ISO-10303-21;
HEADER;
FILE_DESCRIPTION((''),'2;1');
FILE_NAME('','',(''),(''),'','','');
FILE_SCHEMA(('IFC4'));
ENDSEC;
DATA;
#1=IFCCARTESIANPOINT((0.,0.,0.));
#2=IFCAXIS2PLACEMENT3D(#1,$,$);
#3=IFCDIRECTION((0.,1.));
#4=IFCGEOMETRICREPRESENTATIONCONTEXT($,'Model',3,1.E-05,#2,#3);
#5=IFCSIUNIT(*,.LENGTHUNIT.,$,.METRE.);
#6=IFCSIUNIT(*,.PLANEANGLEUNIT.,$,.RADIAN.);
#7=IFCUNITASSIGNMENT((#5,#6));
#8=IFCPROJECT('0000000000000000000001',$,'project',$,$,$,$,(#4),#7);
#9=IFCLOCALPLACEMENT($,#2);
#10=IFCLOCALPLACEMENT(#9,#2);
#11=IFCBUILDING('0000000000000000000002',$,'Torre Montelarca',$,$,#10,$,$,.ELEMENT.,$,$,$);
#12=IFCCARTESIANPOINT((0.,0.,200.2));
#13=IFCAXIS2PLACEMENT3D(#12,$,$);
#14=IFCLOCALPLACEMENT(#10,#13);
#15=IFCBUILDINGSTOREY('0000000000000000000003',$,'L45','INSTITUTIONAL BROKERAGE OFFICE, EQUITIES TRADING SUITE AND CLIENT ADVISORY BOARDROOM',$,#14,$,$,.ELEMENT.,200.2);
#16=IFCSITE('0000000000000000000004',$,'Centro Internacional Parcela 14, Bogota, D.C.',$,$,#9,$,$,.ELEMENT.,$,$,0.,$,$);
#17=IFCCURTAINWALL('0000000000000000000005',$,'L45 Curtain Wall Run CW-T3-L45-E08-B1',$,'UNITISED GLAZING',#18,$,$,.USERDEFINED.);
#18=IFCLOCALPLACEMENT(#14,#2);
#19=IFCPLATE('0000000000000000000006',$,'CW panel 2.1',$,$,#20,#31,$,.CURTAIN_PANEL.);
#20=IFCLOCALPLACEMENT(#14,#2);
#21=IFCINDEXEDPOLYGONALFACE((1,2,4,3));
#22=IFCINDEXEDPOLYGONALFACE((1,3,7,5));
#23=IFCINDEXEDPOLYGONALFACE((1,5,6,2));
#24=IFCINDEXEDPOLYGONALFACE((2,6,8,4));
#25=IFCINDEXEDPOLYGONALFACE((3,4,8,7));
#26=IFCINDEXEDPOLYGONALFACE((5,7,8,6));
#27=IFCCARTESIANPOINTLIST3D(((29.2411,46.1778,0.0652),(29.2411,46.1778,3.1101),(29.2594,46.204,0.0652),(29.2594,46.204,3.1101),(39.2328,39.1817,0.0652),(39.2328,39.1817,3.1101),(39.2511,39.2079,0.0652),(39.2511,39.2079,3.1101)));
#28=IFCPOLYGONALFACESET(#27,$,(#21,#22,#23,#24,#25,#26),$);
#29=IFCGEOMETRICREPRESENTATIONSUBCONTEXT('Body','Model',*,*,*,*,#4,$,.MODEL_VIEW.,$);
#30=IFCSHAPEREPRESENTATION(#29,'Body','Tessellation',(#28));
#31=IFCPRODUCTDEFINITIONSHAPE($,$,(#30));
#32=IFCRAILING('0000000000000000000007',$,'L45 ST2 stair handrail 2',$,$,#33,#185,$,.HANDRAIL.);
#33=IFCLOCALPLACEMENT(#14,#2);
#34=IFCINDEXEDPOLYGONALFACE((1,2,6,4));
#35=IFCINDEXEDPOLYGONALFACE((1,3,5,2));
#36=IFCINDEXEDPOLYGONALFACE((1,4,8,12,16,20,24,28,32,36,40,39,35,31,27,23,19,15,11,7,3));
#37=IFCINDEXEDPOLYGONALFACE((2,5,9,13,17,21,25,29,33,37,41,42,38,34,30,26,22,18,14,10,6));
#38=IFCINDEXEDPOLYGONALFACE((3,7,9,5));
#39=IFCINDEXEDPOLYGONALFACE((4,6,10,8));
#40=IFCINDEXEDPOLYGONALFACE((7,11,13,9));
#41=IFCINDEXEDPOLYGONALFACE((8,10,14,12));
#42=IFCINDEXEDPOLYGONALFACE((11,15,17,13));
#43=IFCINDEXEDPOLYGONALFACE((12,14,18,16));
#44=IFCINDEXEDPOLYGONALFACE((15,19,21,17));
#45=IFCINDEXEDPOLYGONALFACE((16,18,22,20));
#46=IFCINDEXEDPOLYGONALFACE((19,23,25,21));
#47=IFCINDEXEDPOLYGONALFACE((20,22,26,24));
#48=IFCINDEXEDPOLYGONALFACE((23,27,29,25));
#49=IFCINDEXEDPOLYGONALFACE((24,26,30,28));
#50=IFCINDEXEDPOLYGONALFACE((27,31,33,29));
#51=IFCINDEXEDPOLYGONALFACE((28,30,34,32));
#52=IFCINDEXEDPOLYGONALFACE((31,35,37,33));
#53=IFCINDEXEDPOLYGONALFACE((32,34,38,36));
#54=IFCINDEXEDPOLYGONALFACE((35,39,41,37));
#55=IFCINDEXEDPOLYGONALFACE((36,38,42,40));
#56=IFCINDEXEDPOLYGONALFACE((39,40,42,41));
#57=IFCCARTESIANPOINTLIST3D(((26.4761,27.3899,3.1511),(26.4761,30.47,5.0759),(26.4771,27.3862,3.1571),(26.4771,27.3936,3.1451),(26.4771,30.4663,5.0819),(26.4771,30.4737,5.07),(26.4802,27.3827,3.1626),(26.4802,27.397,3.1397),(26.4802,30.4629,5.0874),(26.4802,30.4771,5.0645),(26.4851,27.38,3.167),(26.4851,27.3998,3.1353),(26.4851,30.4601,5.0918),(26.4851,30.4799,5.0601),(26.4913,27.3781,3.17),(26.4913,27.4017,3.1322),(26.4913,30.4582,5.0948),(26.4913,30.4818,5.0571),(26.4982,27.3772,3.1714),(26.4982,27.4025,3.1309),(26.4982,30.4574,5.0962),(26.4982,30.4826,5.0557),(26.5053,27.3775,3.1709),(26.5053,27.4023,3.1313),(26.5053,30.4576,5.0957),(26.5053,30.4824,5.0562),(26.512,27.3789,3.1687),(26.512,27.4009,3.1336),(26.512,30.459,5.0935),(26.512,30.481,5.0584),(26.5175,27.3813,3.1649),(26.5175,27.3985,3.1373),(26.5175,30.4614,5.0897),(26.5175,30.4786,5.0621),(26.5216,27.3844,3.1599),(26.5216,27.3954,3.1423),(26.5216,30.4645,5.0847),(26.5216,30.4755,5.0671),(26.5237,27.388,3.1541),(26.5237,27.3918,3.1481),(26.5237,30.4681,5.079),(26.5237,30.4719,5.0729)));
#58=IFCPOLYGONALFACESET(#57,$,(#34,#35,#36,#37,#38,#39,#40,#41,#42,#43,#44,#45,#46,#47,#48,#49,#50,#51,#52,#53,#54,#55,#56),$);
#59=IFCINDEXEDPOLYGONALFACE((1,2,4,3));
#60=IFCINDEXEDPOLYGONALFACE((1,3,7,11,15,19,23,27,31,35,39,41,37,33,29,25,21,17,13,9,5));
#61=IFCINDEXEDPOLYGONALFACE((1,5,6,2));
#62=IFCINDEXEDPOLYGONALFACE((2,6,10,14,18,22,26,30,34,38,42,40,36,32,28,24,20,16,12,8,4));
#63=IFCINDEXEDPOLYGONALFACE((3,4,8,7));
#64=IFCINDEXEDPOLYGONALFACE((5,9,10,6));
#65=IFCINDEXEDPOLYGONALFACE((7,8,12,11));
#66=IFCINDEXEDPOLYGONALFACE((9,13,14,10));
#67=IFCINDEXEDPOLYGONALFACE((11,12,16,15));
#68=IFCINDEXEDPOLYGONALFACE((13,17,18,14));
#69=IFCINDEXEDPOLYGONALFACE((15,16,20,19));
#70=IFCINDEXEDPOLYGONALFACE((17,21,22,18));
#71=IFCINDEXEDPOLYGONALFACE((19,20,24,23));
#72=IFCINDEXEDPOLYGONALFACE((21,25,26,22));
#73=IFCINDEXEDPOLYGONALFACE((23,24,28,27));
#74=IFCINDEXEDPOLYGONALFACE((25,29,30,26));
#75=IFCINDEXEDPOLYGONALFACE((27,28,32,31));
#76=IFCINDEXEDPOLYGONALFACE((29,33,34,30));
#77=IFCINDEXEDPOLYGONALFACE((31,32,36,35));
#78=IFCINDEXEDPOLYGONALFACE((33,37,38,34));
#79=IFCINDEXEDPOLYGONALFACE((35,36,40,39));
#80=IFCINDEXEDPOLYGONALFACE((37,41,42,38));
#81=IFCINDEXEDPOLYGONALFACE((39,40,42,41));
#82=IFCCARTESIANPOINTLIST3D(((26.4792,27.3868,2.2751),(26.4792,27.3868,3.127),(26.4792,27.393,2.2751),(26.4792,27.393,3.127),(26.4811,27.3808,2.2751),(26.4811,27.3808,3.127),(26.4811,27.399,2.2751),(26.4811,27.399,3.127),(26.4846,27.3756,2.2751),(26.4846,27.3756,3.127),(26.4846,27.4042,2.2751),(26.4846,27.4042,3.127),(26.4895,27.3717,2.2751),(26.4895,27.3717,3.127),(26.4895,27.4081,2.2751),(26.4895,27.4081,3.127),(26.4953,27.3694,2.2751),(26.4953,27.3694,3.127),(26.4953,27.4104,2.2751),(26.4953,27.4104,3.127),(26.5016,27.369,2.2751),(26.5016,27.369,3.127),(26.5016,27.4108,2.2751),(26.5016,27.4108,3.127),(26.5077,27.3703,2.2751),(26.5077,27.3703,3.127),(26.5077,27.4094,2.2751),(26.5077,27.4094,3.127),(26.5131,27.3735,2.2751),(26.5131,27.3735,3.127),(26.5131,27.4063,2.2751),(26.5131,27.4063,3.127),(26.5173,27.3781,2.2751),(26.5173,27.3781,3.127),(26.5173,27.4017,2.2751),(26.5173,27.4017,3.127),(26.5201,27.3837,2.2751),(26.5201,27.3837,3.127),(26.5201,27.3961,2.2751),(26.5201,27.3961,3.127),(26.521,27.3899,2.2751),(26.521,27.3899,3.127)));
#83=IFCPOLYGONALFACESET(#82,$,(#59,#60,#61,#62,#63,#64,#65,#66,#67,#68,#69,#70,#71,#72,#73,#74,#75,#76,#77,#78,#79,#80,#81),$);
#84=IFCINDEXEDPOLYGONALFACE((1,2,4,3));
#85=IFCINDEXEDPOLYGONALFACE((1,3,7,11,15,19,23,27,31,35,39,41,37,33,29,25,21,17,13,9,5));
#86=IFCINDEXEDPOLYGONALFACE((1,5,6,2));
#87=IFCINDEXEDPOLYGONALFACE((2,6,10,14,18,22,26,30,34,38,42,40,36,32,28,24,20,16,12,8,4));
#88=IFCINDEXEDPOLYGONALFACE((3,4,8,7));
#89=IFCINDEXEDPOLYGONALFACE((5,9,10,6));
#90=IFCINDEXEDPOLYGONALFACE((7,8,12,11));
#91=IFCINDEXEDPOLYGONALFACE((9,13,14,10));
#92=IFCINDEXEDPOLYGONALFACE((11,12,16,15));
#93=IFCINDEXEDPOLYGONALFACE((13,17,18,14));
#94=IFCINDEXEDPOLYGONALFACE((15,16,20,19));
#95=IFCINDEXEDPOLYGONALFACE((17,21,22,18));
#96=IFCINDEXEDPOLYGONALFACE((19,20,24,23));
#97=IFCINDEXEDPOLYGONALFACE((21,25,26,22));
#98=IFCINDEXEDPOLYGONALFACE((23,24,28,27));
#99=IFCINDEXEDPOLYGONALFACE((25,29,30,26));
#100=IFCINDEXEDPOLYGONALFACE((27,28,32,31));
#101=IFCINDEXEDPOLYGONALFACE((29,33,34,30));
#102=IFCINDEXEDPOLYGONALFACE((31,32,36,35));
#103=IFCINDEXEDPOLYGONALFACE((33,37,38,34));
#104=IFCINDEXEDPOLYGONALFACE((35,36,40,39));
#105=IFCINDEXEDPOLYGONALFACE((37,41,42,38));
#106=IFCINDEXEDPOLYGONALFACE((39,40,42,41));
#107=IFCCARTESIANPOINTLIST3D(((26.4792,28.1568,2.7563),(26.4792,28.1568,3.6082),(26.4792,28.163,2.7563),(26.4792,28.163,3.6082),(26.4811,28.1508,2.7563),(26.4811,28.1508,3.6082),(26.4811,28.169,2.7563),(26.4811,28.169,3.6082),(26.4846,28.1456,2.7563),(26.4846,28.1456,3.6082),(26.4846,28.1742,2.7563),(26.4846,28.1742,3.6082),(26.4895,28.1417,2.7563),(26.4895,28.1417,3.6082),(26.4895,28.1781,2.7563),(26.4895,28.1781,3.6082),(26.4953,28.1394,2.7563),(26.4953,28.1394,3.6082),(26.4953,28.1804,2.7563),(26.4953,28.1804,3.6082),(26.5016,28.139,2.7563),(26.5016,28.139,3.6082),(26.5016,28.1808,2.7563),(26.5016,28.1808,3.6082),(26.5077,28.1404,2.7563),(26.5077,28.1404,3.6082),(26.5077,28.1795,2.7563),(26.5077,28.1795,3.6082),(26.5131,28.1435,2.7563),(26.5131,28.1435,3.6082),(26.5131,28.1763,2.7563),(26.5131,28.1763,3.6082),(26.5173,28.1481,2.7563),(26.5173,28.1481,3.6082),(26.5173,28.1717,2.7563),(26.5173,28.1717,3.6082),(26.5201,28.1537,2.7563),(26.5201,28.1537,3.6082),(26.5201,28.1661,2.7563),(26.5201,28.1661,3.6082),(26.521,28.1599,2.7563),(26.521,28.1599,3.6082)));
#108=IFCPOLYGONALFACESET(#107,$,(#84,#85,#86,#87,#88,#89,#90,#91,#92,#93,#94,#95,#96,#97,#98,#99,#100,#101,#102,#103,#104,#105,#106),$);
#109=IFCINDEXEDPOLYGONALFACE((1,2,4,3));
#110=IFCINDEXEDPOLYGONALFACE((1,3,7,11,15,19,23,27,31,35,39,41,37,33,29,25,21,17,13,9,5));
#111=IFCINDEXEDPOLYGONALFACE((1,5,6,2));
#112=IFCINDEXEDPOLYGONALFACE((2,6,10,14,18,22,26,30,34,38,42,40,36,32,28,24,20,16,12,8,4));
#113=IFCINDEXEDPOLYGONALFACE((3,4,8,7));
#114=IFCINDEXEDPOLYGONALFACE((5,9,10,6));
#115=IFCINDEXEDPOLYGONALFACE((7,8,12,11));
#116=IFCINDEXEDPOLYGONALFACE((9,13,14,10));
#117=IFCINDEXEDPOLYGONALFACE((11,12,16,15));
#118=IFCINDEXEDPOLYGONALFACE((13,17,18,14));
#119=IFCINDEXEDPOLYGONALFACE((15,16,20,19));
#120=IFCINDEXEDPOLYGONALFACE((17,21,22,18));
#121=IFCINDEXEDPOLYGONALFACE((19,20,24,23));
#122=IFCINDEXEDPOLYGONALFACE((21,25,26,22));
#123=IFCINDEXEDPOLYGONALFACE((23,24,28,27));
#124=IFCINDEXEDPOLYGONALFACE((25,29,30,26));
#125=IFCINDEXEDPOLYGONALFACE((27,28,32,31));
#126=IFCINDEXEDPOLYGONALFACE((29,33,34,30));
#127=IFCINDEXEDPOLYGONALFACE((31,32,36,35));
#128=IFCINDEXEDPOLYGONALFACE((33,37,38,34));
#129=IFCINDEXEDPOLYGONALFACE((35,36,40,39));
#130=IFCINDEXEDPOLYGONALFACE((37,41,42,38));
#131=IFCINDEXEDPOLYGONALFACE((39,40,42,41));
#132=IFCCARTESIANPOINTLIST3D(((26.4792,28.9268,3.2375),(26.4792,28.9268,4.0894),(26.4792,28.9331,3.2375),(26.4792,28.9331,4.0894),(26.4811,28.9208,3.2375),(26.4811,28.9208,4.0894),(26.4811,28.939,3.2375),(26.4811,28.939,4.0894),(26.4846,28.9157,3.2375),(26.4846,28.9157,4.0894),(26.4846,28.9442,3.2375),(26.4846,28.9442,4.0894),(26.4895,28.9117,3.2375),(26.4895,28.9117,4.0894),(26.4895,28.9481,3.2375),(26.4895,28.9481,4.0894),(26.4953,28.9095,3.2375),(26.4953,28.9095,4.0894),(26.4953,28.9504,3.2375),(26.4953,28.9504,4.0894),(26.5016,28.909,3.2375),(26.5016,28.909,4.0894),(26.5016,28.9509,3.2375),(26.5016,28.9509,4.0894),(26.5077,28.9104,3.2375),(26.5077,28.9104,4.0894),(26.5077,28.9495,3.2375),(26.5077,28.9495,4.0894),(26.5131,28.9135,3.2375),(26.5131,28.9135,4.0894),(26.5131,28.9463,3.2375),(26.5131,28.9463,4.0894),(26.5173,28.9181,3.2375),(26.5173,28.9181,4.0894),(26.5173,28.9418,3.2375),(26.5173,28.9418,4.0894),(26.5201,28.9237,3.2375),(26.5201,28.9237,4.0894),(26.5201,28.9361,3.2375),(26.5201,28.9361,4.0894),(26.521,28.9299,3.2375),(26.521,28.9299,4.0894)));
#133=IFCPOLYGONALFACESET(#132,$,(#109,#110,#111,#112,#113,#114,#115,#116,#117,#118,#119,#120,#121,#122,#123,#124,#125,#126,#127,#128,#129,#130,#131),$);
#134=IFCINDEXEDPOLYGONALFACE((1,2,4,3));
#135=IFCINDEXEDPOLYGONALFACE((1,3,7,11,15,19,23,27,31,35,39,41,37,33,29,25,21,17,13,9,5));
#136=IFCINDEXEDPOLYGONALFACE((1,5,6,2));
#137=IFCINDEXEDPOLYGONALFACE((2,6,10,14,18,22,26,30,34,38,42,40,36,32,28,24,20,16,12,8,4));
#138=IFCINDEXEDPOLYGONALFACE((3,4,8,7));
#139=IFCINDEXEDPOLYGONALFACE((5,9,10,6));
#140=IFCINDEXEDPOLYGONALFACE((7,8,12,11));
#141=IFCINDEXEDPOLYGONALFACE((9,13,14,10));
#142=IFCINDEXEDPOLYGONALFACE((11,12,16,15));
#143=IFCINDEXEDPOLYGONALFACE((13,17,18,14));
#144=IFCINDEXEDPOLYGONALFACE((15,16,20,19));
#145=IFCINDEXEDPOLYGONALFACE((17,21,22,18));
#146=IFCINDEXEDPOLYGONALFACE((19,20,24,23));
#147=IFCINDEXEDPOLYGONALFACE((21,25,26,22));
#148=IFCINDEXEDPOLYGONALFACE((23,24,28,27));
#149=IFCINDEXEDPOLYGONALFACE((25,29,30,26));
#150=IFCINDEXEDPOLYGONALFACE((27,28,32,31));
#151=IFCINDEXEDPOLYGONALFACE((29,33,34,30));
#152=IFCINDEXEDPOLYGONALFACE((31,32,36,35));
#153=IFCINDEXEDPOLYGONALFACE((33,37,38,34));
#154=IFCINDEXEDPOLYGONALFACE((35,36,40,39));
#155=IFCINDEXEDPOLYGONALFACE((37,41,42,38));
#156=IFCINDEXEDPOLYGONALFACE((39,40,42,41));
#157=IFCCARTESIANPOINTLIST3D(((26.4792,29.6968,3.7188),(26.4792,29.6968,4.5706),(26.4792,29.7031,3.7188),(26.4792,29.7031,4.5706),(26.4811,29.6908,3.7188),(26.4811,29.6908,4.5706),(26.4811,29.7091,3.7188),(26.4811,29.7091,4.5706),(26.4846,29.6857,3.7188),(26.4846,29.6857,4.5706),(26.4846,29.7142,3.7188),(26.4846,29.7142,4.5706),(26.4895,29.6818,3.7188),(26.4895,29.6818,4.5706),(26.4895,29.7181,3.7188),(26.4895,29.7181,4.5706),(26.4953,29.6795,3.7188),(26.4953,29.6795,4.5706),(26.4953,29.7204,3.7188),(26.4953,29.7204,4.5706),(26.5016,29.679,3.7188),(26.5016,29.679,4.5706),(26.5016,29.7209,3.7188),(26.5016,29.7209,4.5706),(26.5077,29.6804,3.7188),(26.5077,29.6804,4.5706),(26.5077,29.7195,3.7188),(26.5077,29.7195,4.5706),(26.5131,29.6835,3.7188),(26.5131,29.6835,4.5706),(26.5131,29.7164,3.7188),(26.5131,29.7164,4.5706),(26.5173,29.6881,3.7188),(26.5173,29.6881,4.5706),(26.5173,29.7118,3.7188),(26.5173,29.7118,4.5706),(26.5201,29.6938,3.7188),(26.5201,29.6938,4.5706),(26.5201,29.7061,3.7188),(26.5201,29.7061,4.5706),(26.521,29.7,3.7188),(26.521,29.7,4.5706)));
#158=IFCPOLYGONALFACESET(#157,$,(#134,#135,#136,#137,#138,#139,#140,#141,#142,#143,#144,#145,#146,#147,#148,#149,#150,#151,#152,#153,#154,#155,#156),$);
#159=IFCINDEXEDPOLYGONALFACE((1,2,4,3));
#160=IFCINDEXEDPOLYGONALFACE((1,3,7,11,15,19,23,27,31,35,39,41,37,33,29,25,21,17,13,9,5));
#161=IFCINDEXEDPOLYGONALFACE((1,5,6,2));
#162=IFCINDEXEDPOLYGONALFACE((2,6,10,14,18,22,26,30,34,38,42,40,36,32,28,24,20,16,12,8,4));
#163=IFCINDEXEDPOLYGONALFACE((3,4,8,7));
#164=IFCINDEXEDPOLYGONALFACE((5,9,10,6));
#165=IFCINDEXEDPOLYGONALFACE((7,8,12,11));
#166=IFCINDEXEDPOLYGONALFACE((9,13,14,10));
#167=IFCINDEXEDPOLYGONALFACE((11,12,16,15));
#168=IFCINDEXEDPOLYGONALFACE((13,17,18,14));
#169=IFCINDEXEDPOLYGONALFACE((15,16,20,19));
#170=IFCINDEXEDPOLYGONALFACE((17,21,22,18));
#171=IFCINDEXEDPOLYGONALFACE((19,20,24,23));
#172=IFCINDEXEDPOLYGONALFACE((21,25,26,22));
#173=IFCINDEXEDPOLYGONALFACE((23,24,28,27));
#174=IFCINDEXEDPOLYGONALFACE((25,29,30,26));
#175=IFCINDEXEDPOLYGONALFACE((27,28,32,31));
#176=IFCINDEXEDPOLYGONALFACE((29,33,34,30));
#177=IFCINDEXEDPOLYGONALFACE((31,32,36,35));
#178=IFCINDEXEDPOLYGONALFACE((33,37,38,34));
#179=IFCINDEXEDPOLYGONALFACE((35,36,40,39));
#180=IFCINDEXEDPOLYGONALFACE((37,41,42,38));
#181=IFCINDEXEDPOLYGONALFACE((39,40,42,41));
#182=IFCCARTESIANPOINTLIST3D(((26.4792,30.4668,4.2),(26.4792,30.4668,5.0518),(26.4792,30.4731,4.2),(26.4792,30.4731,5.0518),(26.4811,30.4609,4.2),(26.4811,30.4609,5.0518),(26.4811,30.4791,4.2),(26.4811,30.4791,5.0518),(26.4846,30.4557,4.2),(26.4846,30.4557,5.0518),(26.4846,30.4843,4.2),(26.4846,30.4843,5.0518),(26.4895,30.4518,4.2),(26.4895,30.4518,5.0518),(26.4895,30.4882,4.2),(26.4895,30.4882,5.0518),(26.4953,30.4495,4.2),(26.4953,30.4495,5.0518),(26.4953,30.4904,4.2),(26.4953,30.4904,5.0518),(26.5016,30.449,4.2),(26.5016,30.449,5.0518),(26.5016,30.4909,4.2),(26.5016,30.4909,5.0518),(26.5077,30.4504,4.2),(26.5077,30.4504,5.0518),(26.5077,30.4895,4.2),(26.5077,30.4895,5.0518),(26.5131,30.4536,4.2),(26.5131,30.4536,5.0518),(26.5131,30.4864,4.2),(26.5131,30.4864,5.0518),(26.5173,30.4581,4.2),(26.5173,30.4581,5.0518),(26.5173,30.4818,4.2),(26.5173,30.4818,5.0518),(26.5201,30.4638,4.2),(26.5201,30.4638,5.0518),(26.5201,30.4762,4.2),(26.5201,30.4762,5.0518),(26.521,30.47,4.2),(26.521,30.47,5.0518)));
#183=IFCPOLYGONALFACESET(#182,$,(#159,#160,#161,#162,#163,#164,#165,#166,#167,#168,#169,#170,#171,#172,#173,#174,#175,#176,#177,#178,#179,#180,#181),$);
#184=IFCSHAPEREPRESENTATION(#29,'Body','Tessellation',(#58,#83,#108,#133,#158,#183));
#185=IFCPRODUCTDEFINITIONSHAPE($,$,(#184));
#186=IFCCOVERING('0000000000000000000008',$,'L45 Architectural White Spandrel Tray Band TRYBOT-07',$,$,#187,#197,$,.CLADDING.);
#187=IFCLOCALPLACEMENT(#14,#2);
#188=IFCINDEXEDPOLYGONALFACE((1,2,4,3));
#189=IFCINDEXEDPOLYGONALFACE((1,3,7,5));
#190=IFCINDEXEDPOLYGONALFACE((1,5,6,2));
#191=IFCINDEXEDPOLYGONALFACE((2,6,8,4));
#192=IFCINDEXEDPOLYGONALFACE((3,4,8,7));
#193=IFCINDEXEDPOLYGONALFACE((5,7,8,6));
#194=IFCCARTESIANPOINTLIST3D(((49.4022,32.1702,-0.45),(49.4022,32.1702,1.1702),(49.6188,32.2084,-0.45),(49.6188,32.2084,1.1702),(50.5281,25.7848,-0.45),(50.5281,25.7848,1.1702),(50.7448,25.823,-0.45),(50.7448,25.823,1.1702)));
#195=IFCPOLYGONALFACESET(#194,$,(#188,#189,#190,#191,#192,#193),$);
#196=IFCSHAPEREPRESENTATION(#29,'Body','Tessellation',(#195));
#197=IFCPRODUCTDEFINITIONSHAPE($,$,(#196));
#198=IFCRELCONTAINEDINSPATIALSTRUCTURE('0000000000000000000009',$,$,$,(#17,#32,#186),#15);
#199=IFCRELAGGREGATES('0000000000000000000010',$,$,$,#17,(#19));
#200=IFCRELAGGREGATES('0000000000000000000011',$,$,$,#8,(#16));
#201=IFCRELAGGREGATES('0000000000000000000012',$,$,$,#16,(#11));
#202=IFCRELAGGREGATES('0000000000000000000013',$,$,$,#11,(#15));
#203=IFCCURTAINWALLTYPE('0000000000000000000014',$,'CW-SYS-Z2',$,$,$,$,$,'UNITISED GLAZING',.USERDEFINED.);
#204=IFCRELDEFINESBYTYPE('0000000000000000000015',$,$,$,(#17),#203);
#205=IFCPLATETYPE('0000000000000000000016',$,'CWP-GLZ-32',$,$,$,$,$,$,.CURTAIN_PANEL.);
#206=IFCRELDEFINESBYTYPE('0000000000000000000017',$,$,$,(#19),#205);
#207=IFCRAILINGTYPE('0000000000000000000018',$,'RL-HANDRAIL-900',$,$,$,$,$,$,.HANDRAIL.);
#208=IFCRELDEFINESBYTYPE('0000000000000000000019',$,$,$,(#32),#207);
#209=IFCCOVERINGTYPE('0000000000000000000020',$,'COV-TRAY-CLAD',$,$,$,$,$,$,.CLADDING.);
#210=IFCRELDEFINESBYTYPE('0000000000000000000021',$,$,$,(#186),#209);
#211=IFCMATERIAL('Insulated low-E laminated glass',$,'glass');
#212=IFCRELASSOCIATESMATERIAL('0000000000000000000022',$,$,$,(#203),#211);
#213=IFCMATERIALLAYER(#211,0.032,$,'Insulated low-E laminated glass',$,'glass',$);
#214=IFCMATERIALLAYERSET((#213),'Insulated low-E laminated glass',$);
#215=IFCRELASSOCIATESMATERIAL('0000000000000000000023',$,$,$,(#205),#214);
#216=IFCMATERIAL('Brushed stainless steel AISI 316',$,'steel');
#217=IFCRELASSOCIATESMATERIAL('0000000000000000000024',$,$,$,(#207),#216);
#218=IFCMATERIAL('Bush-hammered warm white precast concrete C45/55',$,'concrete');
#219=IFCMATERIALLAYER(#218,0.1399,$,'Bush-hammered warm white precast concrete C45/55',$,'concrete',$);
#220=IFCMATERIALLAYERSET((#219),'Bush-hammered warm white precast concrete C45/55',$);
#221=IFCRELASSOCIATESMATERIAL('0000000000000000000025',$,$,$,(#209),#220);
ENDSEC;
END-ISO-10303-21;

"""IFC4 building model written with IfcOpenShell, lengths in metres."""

from ifc_helpers import new_model, si_unit, direction, frame, origin, origin_2d, place, context, subcontext, project, spatial, rectangle, circle, extrude, source, transform, mapped, material, layer, layer_set, type_object, element, aggregate, save


model = new_model("IFC4")

# Units and contexts
model_context = context("Model", 3, precision=1e-05, world=origin(), true_north=direction((0.0, 1.0)))
body_context = subcontext(model_context, "Body", "Model", "MODEL_VIEW")
ifc_project = project(units=[si_unit("LENGTHUNIT", "METRE"), si_unit("PLANEANGLEUNIT", "RADIAN")], contexts=[model_context])

# Site, building, storey
site_placement = place(None, origin())
site = spatial("IfcSite", under=ifc_project, at=site_placement, Name="Centro Internacional Parcela 14, Bogota, D.C.", CompositionType="ELEMENT", RefElevation=0.0)
building_placement = place(site_placement, origin())
building = spatial("IfcBuilding", under=site, at=building_placement, Name="Torre Montelarca", CompositionType="ELEMENT")
storey_placement = place(building_placement, frame((0.0, 0.0, 200.2)))
storey = spatial("IfcBuildingStorey", under=building, at=storey_placement, Name="L45", Description="INSTITUTIONAL BROKERAGE OFFICE, EQUITIES TRADING SUITE AND CLIENT ADVISORY BOARDROOM", CompositionType="ELEMENT", Elevation=200.2)

# Curtain wall
ifc_material_1 = material(Name="Insulated low-E laminated glass", Category="glass")
curtain_wall_type = type_object("IfcCurtainWallType", Name="CW-SYS-Z2", ElementType="UNITISED GLAZING", PredefinedType="USERDEFINED", material=ifc_material_1)
curtain_wall_1_placement = place(storey_placement, origin())
curtain_wall_1 = element("IfcCurtainWall", 1, at=curtain_wall_1_placement, inside=storey, type_object=curtain_wall_type, Name="L45 Curtain Wall Run CW-T3-L45-E08-B1", ObjectType="UNITISED GLAZING", PredefinedType="USERDEFINED")

# Plate
ifc_layer_1 = layer(ifc_material_1, 0.032, Name="Insulated low-E laminated glass", Category="glass")
ifc_layer_set_1 = layer_set([ifc_layer_1], Name="Insulated low-E laminated glass")
plate_type = type_object("IfcPlateType", Name="CWP-GLZ-32", PredefinedType="CURTAIN_PANEL", material=ifc_layer_set_1)
shared_shape_1 = source(origin(), body_context, "Body", "SweptSolid", [
    extrude(rectangle(XDim=12.1975, YDim=0.032, at=origin_2d()), origin(), (0.0, 0.0, 1.0), 3.0449),
])
plate_1_placement = place(storey_placement, frame((34.2461, 42.6929, 0.0652), z_axis=(0.0, 0.0, 1.0), x_axis=(-0.819155, 0.573572, 0.0)))
plate_1 = element("IfcPlate", 2, at=plate_1_placement, type_object=plate_type, Name="CW panel 2.1", PredefinedType="CURTAIN_PANEL", context=body_context, shape_type="MappedRepresentation", body=[
    mapped(shared_shape_1, transform((0.0, 0.0, 0.0), scale=1.0)),
])
aggregate(curtain_wall_1, [plate_1])

# Railing
ifc_material_2 = material(Name="Brushed stainless steel AISI 316", Category="steel")
railing_type = type_object("IfcRailingType", Name="RL-HANDRAIL-900", PredefinedType="HANDRAIL", material=ifc_material_2)
railing_placement = place(storey_placement, frame((26.5, 27.3899, 2.2751)))
element("IfcRailing", 3, at=railing_placement, inside=storey, type_object=railing_type, Name="L45 ST2 stair handrail 2", PredefinedType="HANDRAIL", context=body_context, shape_type="SweptSolid", body=[
    extrude(circle(Radius=0.0239, at=origin_2d()), frame((0.0, 0.0, 0.876), z_axis=(0.0, 0.848029, 0.529951), x_axis=(-1.0, 0.0, 0.0)), (0.0, 0.0, 1.0), 3.6321),
    extrude(circle(Radius=0.021, at=origin_2d()), origin(), (0.0, 0.0, 1.0), 0.8518),
    extrude(circle(Radius=0.021, at=origin_2d()), frame((0.0, 0.77, 0.4812)), (0.0, 0.0, 1.0), 0.8518),
    extrude(circle(Radius=0.021, at=origin_2d()), frame((0.0, 1.54, 0.9624)), (0.0, 0.0, 1.0), 0.8518),
    extrude(circle(Radius=0.021, at=origin_2d()), frame((0.0, 2.3101, 1.4436)), (0.0, 0.0, 1.0), 0.8518),
    extrude(circle(Radius=0.021, at=origin_2d()), frame((0.0, 3.0801, 1.9248)), (0.0, 0.0, 1.0), 0.8518),
])

# Covering
ifc_material_3 = material(Name="Bush-hammered warm white precast concrete C45/55", Category="concrete")
ifc_layer_2 = layer(ifc_material_3, 0.1399, Name="Bush-hammered warm white precast concrete C45/55", Category="concrete")
ifc_layer_set_2 = layer_set([ifc_layer_2], Name="Bush-hammered warm white precast concrete C45/55")
covering_type = type_object("IfcCoveringType", Name="COV-TRAY-CLAD", PredefinedType="CLADDING", material=ifc_layer_set_2)
shared_shape_2 = source(origin(), body_context, "Body", "SweptSolid", [
    extrude(rectangle(XDim=6.4839, YDim=0.22, at=origin_2d()), origin(), (0.0, 0.0, 1.0), 1.6201),
])
covering_1_placement = place(storey_placement, frame((50.0735, 28.9966, -0.45), z_axis=(0.0, 0.0, 1.0), x_axis=(-0.17365, 0.984807, 0.0)))
element("IfcCovering", 4, at=covering_1_placement, inside=storey, type_object=covering_type, Name="L45 Architectural White Spandrel Tray Band TRYBOT-07", PredefinedType="CLADDING", context=body_context, shape_type="MappedRepresentation", body=[
    mapped(shared_shape_2, transform((0.0, 0.0, 0.0), scale=1.0)),
])

save(model, "model.ifc")
